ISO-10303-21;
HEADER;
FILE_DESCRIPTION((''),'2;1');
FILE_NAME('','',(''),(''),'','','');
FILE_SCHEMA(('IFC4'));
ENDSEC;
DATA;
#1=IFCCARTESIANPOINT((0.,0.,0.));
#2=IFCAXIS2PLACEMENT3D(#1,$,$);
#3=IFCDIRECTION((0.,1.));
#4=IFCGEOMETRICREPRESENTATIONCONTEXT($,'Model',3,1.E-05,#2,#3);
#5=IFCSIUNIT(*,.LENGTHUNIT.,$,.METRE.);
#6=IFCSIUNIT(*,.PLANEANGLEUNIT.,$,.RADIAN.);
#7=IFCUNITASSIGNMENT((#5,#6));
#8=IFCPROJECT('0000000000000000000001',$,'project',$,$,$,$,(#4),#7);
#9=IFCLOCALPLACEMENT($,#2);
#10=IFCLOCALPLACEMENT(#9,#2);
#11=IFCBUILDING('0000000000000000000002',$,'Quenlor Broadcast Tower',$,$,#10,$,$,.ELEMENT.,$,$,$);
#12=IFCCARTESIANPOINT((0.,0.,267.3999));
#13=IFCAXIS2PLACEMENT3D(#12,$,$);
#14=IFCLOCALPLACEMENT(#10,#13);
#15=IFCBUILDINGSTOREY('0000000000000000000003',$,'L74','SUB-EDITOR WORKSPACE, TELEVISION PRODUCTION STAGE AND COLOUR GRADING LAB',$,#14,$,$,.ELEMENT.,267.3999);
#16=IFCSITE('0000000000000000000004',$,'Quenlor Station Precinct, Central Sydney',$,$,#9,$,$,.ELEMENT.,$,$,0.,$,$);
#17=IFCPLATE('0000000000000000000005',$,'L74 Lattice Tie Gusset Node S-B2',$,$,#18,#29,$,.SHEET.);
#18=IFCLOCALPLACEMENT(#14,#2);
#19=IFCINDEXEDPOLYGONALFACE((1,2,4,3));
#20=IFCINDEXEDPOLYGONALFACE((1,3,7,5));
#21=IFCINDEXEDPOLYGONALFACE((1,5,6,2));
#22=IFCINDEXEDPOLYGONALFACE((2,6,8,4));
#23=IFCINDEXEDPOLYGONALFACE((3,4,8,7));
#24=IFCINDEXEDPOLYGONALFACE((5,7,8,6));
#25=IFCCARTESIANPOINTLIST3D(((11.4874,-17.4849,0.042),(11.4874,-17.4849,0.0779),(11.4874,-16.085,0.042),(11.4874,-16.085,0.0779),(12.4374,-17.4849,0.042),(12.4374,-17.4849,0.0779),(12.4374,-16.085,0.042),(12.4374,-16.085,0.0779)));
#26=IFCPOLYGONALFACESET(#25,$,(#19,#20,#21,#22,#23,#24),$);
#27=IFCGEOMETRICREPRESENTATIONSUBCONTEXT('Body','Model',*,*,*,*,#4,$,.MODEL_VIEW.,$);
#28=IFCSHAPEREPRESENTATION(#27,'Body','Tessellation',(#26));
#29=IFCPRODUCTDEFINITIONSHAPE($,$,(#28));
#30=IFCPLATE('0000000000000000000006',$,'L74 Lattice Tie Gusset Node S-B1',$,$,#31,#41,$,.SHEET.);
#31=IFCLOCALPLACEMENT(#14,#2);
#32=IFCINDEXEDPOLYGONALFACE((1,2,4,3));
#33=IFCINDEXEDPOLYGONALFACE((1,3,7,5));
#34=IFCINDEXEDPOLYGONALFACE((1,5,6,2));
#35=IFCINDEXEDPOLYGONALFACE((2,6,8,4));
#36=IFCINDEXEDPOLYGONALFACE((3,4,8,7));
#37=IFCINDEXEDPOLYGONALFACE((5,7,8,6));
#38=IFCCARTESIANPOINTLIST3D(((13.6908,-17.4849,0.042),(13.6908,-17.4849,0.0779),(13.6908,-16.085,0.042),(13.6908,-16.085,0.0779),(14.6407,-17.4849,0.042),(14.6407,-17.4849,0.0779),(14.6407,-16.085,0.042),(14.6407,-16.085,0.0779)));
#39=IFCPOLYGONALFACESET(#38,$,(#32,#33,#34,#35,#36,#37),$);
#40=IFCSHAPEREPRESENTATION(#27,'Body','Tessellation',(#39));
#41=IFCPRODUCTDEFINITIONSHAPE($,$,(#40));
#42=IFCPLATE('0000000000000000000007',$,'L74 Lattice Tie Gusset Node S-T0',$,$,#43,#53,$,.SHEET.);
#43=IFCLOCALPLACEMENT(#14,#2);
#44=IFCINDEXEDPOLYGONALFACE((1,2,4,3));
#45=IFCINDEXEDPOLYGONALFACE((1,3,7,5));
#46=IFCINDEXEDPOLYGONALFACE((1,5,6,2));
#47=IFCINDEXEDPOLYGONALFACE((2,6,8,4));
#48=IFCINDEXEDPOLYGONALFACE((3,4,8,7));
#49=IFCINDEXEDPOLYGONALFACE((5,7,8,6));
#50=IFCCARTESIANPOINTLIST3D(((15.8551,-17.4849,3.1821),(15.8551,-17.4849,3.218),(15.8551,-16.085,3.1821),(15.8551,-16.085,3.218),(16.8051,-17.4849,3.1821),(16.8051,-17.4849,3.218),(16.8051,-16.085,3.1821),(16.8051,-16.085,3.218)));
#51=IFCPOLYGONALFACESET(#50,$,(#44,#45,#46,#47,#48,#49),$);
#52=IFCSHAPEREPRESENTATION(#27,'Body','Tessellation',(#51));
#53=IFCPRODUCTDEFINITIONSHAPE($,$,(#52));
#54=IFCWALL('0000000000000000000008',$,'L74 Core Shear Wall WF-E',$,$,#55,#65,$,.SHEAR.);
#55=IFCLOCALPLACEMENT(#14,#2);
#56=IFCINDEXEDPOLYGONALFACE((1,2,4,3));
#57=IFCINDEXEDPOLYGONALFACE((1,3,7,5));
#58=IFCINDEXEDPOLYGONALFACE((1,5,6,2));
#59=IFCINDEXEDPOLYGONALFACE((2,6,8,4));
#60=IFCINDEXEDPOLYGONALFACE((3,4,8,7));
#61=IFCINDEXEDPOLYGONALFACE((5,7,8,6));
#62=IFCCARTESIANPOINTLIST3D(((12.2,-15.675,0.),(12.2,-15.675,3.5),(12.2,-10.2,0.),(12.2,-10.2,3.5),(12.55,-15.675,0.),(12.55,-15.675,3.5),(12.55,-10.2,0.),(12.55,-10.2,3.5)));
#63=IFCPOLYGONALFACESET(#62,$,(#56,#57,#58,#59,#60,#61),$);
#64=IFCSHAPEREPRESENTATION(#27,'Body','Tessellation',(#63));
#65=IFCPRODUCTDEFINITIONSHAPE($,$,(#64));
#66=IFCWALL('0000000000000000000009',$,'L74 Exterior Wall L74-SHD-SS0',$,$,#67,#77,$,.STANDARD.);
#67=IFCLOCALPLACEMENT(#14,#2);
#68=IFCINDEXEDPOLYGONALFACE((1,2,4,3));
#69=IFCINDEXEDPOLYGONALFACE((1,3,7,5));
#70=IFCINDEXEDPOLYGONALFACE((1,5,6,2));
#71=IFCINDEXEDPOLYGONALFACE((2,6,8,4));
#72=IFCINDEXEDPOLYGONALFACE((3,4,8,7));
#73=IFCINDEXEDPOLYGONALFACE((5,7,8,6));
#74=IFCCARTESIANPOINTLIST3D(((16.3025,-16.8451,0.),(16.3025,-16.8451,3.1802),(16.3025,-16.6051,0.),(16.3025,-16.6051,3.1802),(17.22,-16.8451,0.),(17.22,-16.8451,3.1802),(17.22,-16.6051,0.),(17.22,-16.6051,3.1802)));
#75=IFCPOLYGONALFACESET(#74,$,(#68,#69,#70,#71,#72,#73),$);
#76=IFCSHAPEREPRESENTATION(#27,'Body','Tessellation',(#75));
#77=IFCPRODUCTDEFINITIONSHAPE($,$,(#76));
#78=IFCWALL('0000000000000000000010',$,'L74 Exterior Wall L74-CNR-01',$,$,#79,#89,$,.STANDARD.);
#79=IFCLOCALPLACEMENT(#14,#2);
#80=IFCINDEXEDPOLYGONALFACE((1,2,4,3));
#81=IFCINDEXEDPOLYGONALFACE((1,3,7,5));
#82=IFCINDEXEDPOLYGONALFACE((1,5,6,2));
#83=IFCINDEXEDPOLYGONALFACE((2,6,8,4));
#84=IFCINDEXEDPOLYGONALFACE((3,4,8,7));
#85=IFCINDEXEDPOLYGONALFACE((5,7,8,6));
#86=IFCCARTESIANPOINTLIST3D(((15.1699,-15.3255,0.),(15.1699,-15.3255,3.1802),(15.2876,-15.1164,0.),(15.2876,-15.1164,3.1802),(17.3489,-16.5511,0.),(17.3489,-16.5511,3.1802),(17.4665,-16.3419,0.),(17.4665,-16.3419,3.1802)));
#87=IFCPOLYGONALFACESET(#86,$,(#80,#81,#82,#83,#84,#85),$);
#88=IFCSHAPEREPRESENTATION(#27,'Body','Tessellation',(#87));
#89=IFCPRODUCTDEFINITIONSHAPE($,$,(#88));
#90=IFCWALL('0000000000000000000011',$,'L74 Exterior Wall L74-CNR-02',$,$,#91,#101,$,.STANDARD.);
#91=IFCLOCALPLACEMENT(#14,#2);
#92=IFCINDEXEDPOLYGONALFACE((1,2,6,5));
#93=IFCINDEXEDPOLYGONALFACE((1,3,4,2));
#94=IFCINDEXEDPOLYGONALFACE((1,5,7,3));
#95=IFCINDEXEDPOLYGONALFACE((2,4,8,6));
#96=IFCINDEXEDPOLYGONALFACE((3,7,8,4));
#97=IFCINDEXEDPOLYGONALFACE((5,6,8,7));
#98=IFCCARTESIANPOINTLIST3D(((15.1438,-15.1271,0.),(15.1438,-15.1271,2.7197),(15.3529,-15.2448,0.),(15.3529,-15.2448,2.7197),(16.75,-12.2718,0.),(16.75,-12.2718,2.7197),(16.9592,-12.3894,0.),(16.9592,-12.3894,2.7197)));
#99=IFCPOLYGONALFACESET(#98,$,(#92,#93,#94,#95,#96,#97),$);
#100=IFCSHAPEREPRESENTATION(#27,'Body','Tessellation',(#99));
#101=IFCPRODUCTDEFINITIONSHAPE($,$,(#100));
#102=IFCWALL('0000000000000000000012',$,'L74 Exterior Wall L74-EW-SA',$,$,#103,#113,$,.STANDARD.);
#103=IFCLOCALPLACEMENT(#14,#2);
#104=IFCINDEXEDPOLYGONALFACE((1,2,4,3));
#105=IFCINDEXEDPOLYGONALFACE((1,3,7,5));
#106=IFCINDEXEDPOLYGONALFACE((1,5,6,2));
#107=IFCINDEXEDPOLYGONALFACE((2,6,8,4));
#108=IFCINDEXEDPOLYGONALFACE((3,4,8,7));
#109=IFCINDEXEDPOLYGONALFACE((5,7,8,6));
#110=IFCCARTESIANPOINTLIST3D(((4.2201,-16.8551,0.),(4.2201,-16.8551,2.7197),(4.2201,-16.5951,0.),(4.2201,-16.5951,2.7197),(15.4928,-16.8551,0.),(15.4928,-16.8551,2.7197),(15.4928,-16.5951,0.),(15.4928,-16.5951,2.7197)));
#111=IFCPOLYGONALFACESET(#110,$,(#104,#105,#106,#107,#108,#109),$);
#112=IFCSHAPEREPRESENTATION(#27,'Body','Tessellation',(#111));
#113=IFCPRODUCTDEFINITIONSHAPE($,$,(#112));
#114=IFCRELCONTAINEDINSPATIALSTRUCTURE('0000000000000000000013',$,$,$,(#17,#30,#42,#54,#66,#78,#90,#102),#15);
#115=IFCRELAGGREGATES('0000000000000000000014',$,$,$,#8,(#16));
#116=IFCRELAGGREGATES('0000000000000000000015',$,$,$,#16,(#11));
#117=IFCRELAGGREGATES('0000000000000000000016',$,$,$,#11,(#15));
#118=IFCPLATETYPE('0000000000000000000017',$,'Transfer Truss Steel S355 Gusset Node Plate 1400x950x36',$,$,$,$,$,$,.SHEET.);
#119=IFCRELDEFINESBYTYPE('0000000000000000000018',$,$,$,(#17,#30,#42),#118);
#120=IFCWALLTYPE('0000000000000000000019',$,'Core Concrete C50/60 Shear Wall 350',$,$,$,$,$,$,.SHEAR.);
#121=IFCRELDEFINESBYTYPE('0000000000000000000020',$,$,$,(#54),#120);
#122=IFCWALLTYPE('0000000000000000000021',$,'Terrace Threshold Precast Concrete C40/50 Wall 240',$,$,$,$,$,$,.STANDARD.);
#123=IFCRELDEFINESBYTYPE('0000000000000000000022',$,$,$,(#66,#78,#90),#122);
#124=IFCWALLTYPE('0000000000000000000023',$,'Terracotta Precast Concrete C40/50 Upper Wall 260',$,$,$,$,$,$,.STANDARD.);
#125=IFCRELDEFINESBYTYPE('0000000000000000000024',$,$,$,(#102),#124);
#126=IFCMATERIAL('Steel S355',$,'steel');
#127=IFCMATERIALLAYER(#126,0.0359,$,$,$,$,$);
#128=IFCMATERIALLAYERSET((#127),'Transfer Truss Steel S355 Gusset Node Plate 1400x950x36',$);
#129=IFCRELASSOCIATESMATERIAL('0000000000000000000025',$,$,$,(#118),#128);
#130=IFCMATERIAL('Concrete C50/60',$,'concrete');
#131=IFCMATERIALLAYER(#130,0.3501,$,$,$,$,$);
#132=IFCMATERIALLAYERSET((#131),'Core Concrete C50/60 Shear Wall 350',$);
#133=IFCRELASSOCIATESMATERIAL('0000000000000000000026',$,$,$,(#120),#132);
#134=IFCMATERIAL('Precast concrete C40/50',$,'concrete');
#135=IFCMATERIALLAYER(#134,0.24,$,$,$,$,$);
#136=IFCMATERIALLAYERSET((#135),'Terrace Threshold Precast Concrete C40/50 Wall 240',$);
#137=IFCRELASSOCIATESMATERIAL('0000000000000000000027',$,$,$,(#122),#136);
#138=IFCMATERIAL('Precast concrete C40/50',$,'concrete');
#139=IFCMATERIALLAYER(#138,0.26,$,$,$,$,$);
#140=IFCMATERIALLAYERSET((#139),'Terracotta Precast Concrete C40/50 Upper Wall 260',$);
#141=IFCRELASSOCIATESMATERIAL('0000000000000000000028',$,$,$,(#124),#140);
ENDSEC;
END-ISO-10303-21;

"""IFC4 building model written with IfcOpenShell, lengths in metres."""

from ifc_helpers import new_model, si_unit, direction, frame, frame_2d, origin, origin_2d, place, context, subcontext, project, spatial, rectangle, extrude, material, layer, layer_set, type_object, element, save


model = new_model("IFC4")

# Units and contexts
model_context = context("Model", 3, precision=1e-05, world=origin(), true_north=direction((0.0, 1.0)))
body_context = subcontext(model_context, "Body", "Model", "MODEL_VIEW")
ifc_project = project(units=[si_unit("LENGTHUNIT", "METRE"), si_unit("PLANEANGLEUNIT", "RADIAN")], contexts=[model_context])

# Site, building, storey
site_placement = place(None, origin())
site = spatial("IfcSite", under=ifc_project, at=site_placement, Name="Quenlor Station Precinct, Central Sydney", CompositionType="ELEMENT", RefElevation=0.0)
building_placement = place(site_placement, origin())
building = spatial("IfcBuilding", under=site, at=building_placement, Name="Quenlor Broadcast Tower", CompositionType="ELEMENT")
storey_placement = place(building_placement, frame((0.0, 0.0, 267.3999)))
storey = spatial("IfcBuildingStorey", under=building, at=storey_placement, Name="L74", Description="SUB-EDITOR WORKSPACE, TELEVISION PRODUCTION STAGE AND COLOUR GRADING LAB", CompositionType="ELEMENT", Elevation=267.3999)

# Plates
ifc_material_1 = material(Name="Steel S355", Category="steel")
ifc_layer_1 = layer(ifc_material_1, 0.0359)
ifc_layer_set_1 = layer_set([ifc_layer_1], Name="Transfer Truss Steel S355 Gusset Node Plate 1400x950x36")
plate_type = type_object("IfcPlateType", Name="Transfer Truss Steel S355 Gusset Node Plate 1400x950x36", PredefinedType="SHEET", material=ifc_layer_set_1)
for number, where, z_axis, x_axis, name in (
    (1, (11.9624, -16.7849, 0.042), (0.0, 0.0, 1.0), (0.0, -1.0, 0.0), "L74 Lattice Tie Gusset Node S-B2"),
    (2, (14.1658, -16.7849, 0.042), (0.0, 0.0, 1.0), (0.0, -1.0, 0.0), "L74 Lattice Tie Gusset Node S-B1"),
    (3, (16.3301, -16.7849, 3.1821), (0.0, 0.0, 1.0), (0.0, -1.0, 0.0), "L74 Lattice Tie Gusset Node S-T0"),
):
    element("IfcPlate", number, at=place(storey_placement, frame(where, z_axis=z_axis, x_axis=x_axis)), inside=storey, type_object=plate_type, Name=name, PredefinedType="SHEET", context=body_context, shape_type="SweptSolid", body=[
        extrude(rectangle(XDim=1.3999, YDim=0.95, at=origin_2d()), origin(), (0.0, 0.0, 1.0), 0.0359),
    ])

# Walls
ifc_material_2 = material(Name="Concrete C50/60", Category="concrete")
ifc_layer_2 = layer(ifc_material_2, 0.3501)
ifc_layer_set_2 = layer_set([ifc_layer_2], Name="Core Concrete C50/60 Shear Wall 350")
wall_type_1 = type_object("IfcWallType", Name="Core Concrete C50/60 Shear Wall 350", PredefinedType="SHEAR", material=ifc_layer_set_2)
wall_1_placement = place(storey_placement, frame((12.375, -15.675, 0.0), z_axis=(0.0, 0.0, 1.0), x_axis=(0.0, 1.0, 0.0)))
element("IfcWall", 4, at=wall_1_placement, inside=storey, type_object=wall_type_1, Name="L74 Core Shear Wall WF-E", PredefinedType="SHEAR", context=body_context, shape_type="SweptSolid", body=[
    extrude(rectangle(XDim=5.4751, YDim=0.3501, at=frame_2d((2.7375, 0.0))), origin(), (0.0, 0.0, 1.0), 3.5),
])
ifc_material_3 = material(Name="Precast concrete C40/50", Category="concrete")
ifc_layer_3 = layer(ifc_material_3, 0.24)
ifc_layer_set_3 = layer_set([ifc_layer_3], Name="Terrace Threshold Precast Concrete C40/50 Wall 240")
wall_type_2 = type_object("IfcWallType", Name="Terrace Threshold Precast Concrete C40/50 Wall 240", PredefinedType="STANDARD", material=ifc_layer_set_3)
wall_2_placement = place(storey_placement, frame((17.22, -16.7251, 0.0), z_axis=(0.0, 0.0, 1.0), x_axis=(-1.0, 0.0, 0.0)))
element("IfcWall", 5, at=wall_2_placement, inside=storey, type_object=wall_type_2, Name="L74 Exterior Wall L74-SHD-SS0", PredefinedType="STANDARD", context=body_context, shape_type="SweptSolid", body=[
    extrude(rectangle(XDim=0.9175, YDim=0.24, at=frame_2d((0.4587, 0.0))), origin(), (0.0, 0.0, 1.0), 3.1802),
])
wall_3_placement = place(storey_placement, frame((17.4077, -16.4465, 0.0), z_axis=(0.0, 0.0, 1.0), x_axis=(-0.871589, 0.490238, 0.0)))
element("IfcWall", 6, at=wall_3_placement, inside=storey, type_object=wall_type_2, Name="L74 Exterior Wall L74-CNR-01", PredefinedType="STANDARD", context=body_context, shape_type="SweptSolid", body=[
    extrude(rectangle(XDim=2.5, YDim=0.24, at=frame_2d((1.25, 0.0))), origin(), (0.0, 0.0, 1.0), 3.1802),
])
wall_4_placement = place(storey_placement, frame((15.2483, -15.186, 0.0), z_axis=(0.0, 0.0, 1.0), x_axis=(0.490293, 0.871558, 0.0)))
element("IfcWall", 7, at=wall_4_placement, inside=storey, type_object=wall_type_2, Name="L74 Exterior Wall L74-CNR-02", PredefinedType="STANDARD", context=body_context, shape_type="SweptSolid", body=[
    extrude(rectangle(XDim=3.2761, YDim=0.24, at=frame_2d((1.6382, 0.0))), origin(), (0.0, 0.0, 1.0), 2.7197),
])
ifc_material_4 = material(Name="Precast concrete C40/50", Category="concrete")
ifc_layer_4 = layer(ifc_material_4, 0.26)
ifc_layer_set_4 = layer_set([ifc_layer_4], Name="Terracotta Precast Concrete C40/50 Upper Wall 260")
wall_type_3 = type_object("IfcWallType", Name="Terracotta Precast Concrete C40/50 Upper Wall 260", PredefinedType="STANDARD", material=ifc_layer_set_4)
wall_5_placement = place(storey_placement, frame((15.4927, -16.7251, 0.0), z_axis=(0.0, 0.0, 1.0), x_axis=(-1.0, 0.0, 0.0)))
element("IfcWall", 8, at=wall_5_placement, inside=storey, type_object=wall_type_3, Name="L74 Exterior Wall L74-EW-SA", PredefinedType="STANDARD", context=body_context, shape_type="SweptSolid", body=[
    extrude(rectangle(XDim=11.2727, YDim=0.26, at=frame_2d((5.6362, 0.0))), origin(), (0.0, 0.0, 1.0), 2.7197),
])

save(model, "model.ifc")
